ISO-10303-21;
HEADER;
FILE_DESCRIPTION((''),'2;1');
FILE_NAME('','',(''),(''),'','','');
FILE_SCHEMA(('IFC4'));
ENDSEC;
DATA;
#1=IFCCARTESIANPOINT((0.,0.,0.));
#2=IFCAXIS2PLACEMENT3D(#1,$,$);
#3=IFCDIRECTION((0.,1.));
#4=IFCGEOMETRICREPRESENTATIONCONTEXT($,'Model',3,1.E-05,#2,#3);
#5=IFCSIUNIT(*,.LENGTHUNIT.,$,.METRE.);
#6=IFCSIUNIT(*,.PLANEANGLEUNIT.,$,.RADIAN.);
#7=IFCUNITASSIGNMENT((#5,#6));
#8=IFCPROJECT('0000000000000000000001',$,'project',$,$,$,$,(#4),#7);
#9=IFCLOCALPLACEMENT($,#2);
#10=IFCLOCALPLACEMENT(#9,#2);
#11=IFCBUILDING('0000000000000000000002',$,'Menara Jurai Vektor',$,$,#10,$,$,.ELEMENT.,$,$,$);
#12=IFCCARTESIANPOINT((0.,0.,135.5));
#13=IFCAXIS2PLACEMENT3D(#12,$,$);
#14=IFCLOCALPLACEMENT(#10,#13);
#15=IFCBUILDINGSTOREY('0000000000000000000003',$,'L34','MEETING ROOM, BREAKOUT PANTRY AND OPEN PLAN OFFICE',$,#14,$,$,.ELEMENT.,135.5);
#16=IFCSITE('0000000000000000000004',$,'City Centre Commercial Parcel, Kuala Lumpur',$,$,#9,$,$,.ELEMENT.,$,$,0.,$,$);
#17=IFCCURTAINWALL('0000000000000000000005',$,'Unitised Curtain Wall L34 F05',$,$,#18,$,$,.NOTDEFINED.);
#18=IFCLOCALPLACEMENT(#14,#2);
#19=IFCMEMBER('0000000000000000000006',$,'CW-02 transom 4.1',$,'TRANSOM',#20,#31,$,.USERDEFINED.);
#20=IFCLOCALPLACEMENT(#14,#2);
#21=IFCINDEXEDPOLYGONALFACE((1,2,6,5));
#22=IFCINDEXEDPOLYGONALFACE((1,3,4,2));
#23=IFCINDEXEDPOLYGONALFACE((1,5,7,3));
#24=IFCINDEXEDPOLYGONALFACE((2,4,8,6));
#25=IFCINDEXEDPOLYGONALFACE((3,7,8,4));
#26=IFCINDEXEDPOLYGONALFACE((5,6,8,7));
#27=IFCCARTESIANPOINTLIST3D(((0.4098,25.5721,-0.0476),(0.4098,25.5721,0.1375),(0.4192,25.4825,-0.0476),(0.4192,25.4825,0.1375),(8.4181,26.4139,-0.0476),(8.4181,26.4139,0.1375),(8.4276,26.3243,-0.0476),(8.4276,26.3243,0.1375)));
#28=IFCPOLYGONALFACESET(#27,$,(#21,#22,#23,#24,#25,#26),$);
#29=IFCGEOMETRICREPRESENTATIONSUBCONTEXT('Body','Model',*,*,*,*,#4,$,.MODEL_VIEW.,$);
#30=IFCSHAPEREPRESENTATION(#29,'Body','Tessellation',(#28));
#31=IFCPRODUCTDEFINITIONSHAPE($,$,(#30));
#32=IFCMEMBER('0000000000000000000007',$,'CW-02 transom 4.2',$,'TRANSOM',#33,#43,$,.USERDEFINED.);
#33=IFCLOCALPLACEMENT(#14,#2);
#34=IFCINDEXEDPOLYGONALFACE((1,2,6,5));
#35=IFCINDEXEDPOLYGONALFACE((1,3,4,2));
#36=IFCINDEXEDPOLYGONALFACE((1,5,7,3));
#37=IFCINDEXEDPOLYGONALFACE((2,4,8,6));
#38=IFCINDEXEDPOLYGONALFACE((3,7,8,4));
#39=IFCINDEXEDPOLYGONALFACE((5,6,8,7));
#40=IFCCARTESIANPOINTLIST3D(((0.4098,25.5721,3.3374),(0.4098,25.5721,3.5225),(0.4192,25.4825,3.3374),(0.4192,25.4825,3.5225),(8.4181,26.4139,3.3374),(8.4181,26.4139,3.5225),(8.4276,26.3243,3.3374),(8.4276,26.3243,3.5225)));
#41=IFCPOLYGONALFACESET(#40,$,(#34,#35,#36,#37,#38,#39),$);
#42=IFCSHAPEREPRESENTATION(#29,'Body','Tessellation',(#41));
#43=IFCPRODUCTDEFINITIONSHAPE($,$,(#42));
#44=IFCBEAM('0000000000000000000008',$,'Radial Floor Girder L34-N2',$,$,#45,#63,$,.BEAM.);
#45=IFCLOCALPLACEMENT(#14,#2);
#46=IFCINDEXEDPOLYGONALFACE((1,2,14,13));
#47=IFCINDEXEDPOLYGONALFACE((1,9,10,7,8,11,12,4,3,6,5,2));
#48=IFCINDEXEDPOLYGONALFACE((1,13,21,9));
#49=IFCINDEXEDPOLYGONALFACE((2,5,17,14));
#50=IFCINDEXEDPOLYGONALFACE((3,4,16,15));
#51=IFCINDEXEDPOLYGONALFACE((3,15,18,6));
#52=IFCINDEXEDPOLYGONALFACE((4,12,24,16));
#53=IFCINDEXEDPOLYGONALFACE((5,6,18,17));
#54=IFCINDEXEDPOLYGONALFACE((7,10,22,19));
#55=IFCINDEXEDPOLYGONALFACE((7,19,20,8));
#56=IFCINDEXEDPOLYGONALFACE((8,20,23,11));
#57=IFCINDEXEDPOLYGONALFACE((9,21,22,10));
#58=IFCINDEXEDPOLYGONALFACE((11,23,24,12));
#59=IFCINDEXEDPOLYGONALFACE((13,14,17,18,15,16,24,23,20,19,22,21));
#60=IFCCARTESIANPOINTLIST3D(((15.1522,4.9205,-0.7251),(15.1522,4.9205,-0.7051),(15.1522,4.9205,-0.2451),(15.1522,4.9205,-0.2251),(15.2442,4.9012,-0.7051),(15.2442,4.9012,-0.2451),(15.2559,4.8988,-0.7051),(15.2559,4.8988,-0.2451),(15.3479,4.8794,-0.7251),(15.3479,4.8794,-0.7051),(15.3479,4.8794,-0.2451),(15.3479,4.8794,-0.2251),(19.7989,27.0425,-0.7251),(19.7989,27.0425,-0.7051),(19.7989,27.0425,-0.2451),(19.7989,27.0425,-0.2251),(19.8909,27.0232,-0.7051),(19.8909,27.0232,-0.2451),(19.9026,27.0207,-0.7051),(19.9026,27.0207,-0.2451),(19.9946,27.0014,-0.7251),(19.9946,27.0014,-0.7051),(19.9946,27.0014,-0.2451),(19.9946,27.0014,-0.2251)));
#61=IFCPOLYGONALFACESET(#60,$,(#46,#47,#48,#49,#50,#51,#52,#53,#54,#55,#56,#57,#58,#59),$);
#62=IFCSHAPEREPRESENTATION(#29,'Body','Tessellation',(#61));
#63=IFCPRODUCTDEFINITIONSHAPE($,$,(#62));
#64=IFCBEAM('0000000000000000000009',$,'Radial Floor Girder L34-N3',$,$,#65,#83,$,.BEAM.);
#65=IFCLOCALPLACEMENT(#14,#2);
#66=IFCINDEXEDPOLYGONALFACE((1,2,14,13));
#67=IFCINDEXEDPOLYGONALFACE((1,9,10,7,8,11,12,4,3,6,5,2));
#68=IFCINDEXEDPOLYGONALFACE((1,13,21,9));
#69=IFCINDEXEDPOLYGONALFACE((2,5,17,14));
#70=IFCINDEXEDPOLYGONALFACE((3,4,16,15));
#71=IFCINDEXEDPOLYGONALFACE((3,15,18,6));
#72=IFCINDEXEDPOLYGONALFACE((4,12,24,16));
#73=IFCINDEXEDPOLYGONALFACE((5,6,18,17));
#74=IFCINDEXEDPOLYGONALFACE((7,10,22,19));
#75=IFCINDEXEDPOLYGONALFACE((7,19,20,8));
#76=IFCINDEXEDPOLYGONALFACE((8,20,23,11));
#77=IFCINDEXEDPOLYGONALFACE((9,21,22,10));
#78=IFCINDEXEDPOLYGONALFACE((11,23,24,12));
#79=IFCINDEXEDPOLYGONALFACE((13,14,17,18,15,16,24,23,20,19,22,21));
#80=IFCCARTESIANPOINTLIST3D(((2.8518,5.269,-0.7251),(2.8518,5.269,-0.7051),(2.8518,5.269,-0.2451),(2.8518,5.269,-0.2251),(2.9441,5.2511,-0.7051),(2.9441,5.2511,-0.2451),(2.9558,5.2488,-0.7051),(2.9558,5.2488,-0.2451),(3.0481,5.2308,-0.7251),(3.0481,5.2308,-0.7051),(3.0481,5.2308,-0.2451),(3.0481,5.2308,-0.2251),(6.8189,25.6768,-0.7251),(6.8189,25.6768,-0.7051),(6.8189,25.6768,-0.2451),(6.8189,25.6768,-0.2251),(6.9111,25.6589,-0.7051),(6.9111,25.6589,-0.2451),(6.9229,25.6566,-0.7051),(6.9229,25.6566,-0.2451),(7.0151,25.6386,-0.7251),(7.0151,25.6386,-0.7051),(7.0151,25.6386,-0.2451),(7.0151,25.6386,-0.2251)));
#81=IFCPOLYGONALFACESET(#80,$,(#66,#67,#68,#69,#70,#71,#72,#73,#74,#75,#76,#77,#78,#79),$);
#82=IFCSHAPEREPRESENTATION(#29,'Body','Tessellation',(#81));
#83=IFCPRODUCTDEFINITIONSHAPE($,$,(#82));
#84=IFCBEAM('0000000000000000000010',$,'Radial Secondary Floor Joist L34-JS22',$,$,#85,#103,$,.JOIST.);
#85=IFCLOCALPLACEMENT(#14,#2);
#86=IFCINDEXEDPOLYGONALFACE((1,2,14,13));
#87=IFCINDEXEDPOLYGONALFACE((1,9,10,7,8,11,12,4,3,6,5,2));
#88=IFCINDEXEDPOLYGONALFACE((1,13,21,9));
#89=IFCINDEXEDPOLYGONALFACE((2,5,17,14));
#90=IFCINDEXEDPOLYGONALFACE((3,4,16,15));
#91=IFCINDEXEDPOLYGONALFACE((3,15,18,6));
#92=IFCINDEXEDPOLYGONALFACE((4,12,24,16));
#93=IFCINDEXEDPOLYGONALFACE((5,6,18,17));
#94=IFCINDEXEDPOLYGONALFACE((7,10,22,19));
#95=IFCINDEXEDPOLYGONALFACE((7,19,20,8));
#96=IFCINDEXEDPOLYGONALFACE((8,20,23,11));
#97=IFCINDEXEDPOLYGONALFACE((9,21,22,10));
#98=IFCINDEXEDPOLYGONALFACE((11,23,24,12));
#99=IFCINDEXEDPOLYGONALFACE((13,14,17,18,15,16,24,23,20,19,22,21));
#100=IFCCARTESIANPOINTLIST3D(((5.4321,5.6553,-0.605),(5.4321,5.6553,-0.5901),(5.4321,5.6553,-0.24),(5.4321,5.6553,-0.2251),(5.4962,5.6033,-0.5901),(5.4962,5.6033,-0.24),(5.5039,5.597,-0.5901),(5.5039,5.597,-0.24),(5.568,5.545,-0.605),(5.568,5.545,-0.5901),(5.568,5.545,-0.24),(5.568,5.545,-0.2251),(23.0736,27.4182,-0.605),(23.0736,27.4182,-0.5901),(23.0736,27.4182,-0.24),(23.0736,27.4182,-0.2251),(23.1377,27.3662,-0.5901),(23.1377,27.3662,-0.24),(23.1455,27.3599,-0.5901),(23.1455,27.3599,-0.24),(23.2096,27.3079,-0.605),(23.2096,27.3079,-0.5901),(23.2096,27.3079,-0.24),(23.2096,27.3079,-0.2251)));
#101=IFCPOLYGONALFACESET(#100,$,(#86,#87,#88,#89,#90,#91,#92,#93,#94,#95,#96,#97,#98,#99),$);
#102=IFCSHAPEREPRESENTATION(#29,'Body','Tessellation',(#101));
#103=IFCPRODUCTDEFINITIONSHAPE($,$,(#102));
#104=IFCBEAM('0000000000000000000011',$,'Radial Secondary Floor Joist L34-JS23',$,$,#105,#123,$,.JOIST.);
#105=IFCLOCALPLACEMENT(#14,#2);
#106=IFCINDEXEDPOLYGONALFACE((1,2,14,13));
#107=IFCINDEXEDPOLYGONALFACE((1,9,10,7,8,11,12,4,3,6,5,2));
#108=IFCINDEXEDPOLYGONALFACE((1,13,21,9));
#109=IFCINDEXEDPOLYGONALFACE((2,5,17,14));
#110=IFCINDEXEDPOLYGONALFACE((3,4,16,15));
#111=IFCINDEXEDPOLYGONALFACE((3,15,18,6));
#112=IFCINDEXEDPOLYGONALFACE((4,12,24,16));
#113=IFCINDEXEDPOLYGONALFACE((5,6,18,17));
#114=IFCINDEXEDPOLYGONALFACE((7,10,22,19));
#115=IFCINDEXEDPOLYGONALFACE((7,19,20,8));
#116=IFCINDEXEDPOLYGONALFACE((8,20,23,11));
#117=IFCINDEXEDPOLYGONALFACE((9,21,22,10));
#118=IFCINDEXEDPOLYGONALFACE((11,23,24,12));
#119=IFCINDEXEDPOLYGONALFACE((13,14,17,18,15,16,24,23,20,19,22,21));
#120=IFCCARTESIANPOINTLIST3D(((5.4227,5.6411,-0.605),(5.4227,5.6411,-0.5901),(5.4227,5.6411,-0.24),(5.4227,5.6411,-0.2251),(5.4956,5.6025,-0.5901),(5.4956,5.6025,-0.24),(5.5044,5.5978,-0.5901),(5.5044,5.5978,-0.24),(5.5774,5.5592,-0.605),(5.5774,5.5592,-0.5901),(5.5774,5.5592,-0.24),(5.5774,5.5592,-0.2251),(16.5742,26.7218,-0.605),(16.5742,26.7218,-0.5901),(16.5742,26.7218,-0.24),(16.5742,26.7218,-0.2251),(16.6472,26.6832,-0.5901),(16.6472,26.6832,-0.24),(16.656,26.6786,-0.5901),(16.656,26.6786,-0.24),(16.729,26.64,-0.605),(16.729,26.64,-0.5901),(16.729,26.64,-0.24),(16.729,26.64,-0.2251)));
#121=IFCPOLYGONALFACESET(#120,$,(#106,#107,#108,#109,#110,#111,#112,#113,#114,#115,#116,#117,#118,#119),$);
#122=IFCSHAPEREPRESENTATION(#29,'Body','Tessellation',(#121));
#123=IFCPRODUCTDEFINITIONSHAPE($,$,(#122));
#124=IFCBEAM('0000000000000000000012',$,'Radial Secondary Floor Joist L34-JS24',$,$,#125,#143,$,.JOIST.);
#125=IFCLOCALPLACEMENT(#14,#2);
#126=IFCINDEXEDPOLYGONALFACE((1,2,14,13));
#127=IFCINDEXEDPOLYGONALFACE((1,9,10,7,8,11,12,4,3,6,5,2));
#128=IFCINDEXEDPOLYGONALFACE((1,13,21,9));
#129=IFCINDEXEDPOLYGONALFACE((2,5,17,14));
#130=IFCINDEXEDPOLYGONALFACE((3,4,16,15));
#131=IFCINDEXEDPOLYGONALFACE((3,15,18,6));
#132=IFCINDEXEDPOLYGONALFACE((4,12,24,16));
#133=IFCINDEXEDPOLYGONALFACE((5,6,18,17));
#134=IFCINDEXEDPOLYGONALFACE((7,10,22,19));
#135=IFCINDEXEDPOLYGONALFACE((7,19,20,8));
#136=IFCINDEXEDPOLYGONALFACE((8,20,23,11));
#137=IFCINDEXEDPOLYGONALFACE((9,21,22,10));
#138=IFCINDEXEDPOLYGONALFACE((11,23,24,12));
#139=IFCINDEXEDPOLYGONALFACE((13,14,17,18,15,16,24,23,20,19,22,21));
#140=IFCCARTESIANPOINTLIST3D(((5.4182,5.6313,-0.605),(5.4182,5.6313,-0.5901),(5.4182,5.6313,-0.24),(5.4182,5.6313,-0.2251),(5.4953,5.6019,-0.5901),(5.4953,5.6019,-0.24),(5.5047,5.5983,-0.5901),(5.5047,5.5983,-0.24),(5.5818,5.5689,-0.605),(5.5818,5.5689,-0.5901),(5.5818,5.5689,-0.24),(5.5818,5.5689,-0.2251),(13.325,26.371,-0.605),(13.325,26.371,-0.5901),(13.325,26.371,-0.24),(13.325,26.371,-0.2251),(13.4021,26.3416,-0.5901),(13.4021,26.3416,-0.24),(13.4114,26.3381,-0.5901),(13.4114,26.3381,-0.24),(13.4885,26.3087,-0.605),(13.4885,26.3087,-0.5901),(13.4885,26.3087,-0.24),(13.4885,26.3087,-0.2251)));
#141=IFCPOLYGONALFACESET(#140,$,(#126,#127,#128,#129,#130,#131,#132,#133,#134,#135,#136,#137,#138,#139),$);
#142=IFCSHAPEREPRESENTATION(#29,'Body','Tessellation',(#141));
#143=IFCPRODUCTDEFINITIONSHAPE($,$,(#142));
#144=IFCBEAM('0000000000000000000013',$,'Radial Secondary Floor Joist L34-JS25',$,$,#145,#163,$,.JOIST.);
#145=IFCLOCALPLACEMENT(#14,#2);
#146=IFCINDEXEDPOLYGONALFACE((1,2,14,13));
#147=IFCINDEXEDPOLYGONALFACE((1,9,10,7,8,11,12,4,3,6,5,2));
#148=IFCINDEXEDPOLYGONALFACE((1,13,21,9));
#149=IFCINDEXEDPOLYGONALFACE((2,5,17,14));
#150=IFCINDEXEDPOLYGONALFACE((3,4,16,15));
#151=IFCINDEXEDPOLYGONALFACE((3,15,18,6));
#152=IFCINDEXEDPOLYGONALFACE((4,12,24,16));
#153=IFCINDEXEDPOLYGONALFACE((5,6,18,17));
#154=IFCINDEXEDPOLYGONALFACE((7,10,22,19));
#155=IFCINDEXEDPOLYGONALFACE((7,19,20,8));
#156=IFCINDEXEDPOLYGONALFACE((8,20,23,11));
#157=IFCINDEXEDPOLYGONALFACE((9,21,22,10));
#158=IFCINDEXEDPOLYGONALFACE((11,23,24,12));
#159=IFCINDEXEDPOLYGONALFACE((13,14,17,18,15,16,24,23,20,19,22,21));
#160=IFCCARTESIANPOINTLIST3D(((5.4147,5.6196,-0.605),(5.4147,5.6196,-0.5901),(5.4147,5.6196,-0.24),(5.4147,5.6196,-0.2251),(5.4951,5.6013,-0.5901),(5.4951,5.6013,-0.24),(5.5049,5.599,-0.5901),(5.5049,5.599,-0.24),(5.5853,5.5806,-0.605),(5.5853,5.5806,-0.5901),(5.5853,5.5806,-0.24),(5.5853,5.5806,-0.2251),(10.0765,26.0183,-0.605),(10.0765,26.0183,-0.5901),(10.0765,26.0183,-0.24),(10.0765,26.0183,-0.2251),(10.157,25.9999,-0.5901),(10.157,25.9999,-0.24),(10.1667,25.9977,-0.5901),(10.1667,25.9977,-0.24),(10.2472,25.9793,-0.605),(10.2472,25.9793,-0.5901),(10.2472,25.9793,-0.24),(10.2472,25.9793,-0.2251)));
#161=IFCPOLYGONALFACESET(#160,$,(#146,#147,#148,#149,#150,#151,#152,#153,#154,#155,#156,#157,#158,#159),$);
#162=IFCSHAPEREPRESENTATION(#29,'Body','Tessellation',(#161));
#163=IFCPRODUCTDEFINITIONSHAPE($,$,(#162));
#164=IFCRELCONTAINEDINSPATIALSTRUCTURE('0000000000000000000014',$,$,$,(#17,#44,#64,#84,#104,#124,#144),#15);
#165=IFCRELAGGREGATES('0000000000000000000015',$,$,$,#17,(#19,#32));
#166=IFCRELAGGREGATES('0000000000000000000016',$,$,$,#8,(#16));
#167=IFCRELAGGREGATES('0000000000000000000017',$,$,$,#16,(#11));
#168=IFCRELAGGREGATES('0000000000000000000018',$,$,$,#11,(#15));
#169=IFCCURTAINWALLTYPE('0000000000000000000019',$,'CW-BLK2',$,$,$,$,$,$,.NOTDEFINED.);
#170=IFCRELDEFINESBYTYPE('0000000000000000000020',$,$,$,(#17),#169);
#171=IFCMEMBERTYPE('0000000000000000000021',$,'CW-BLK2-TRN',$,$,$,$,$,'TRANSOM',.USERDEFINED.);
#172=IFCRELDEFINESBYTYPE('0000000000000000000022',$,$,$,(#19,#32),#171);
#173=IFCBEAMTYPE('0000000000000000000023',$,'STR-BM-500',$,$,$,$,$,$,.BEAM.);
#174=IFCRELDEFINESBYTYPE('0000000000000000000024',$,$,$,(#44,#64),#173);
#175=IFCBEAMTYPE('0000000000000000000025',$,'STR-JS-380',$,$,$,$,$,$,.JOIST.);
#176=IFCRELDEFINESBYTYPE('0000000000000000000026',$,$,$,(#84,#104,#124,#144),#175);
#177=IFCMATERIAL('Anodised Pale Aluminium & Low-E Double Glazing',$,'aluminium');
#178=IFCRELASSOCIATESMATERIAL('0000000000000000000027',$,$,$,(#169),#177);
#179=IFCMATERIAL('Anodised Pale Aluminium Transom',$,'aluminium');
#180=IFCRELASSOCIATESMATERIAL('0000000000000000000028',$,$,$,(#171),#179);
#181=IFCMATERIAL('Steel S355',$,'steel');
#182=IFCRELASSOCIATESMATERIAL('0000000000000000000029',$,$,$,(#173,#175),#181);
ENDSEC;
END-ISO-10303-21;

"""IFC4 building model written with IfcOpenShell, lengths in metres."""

from ifc_helpers import new_model, si_unit, direction, frame, origin, origin_2d, place, context, subcontext, project, spatial, rectangle, i_section, extrude, material, material_profile, profile_set, type_object, element, aggregate, save


model = new_model("IFC4")

# Units and contexts
model_context = context("Model", 3, precision=1e-05, world=origin(), true_north=direction((0.0, 1.0)))
body_context = subcontext(model_context, "Body", "Model", "MODEL_VIEW")
ifc_project = project(units=[si_unit("LENGTHUNIT", "METRE"), si_unit("PLANEANGLEUNIT", "RADIAN")], contexts=[model_context])

# Site, building, storey
site_placement = place(None, origin())
site = spatial("IfcSite", under=ifc_project, at=site_placement, Name="City Centre Commercial Parcel, Kuala Lumpur", CompositionType="ELEMENT", RefElevation=0.0)
building_placement = place(site_placement, origin())
building = spatial("IfcBuilding", under=site, at=building_placement, Name="Menara Jurai Vektor", CompositionType="ELEMENT")
storey_placement = place(building_placement, frame((0.0, 0.0, 135.5)))
storey = spatial("IfcBuildingStorey", under=building, at=storey_placement, Name="L34", Description="MEETING ROOM, BREAKOUT PANTRY AND OPEN PLAN OFFICE", CompositionType="ELEMENT", Elevation=135.5)

# Curtain wall, members
ifc_material_1 = material(Name="Anodised Pale Aluminium & Low-E Double Glazing", Category="aluminium")
curtain_wall_type = type_object("IfcCurtainWallType", Name="CW-BLK2", PredefinedType="NOTDEFINED", material=ifc_material_1)
curtain_wall_placement = place(storey_placement, origin())
curtain_wall = element("IfcCurtainWall", 1, at=curtain_wall_placement, inside=storey, type_object=curtain_wall_type, Name="Unitised Curtain Wall L34 F05", PredefinedType="NOTDEFINED")
ifc_material_2 = material(Name="Anodised Pale Aluminium Transom", Category="aluminium")
ifc_material_profile_1 = material_profile(ifc_material_2, rectangle(XDim=0.0901, YDim=0.1851, at=origin_2d()), Name="ALU TRN 90x185")
ifc_profile_set_1 = profile_set([ifc_material_profile_1], Name="Anodised Pale Aluminium Transom")
member_type_1 = type_object("IfcMemberType", Name="CW-BLK2-TRN", ElementType="TRANSOM", PredefinedType="USERDEFINED", material=ifc_profile_set_1)
member_1_placement = place(storey_placement, frame((8.4229, 26.3691, 0.0449), z_axis=(-0.994521, -0.10454, 0.0), x_axis=(0.10454, -0.994521, 0.0)))
member_1 = element("IfcMember", 2, at=member_1_placement, type_object=member_type_1, Name="CW-02 transom 4.1", ObjectType="TRANSOM", PredefinedType="USERDEFINED", context=body_context, shape_type="SweptSolid", body=[
    extrude(rectangle(XDim=0.0901, YDim=0.1851, at=origin_2d()), origin(), (0.0, 0.0, 1.0), 8.0525),
])
member_2_placement = place(storey_placement, frame((8.4229, 26.3691, 3.4299), z_axis=(-0.994521, -0.10454, 0.0), x_axis=(0.10454, -0.994521, 0.0)))
member_2 = element("IfcMember", 3, at=member_2_placement, type_object=member_type_1, Name="CW-02 transom 4.2", ObjectType="TRANSOM", PredefinedType="USERDEFINED", context=body_context, shape_type="SweptSolid", body=[
    extrude(rectangle(XDim=0.0901, YDim=0.1851, at=origin_2d()), origin(), (0.0, 0.0, 1.0), 8.0525),
])

# Beams
ifc_material_3 = material(Name="Steel S355", Category="steel")
ifc_material_profile_2 = material_profile(ifc_material_3, i_section(OverallWidth=0.2, OverallDepth=0.5, WebThickness=0.012, FlangeThickness=0.02, at=origin_2d()), Name="PG 500x200x96")
ifc_profile_set_2 = profile_set([ifc_material_profile_2], Name="Steel S355")
beam_type_1 = type_object("IfcBeamType", Name="STR-BM-500", PredefinedType="BEAM", material=ifc_profile_set_2)
beam_1_placement = place(storey_placement, frame((19.8967, 27.022, -0.4751), z_axis=(-0.205564, -0.978644, 0.0), x_axis=(0.978644, -0.205564, 0.0)))
element("IfcBeam", 4, at=beam_1_placement, inside=storey, type_object=beam_type_1, Name="Radial Floor Girder L34-N2", PredefinedType="BEAM", context=body_context, shape_type="SweptSolid", body=[
    extrude(i_section(OverallWidth=0.2, OverallDepth=0.5, WebThickness=0.012, FlangeThickness=0.02, at=origin_2d()), origin(), (0.0, 0.0, 1.0), 22.6047),
])
beam_2_placement = place(storey_placement, frame((6.917, 25.6577, -0.4751), z_axis=(-0.190817, -0.981626, 0.0), x_axis=(0.981626, -0.190817, 0.0)))
element("IfcBeam", 5, at=beam_2_placement, inside=storey, type_object=beam_type_1, Name="Radial Floor Girder L34-N3", PredefinedType="BEAM", context=body_context, shape_type="SweptSolid", body=[
    extrude(i_section(OverallWidth=0.2, OverallDepth=0.5, WebThickness=0.012, FlangeThickness=0.02, at=origin_2d()), origin(), (0.0, 0.0, 1.0), 20.7898),
])
ifc_material_profile_3 = material_profile(ifc_material_3, i_section(OverallWidth=0.175, OverallDepth=0.3799, WebThickness=0.01, FlangeThickness=0.0149, at=origin_2d()), Name="PG 380x175x58")
ifc_profile_set_3 = profile_set([ifc_material_profile_3], Name="Steel S355")
beam_type_2 = type_object("IfcBeamType", Name="STR-JS-380", PredefinedType="JOIST", material=ifc_profile_set_3)
beam_3_placement = place(storey_placement, frame((23.1416, 27.363, -0.415), z_axis=(-0.629715, -0.776826, 0.0), x_axis=(0.776826, -0.629715, 0.0)))
element("IfcBeam", 6, at=beam_3_placement, inside=storey, type_object=beam_type_2, Name="Radial Secondary Floor Joist L34-JS22", PredefinedType="JOIST", context=body_context, shape_type="SweptSolid", body=[
    extrude(i_section(OverallWidth=0.175, OverallDepth=0.3799, WebThickness=0.01, FlangeThickness=0.0149, at=origin_2d()), origin(), (0.0, 0.0, 1.0), 28.0151),
])
beam_4_placement = place(storey_placement, frame((16.6516, 26.6809, -0.415), z_axis=(-0.467599, -0.883941, 0.0), x_axis=(0.883941, -0.467599, 0.0)))
element("IfcBeam", 7, at=beam_4_placement, inside=storey, type_object=beam_type_2, Name="Radial Secondary Floor Joist L34-JS23", PredefinedType="JOIST", context=body_context, shape_type="SweptSolid", body=[
    extrude(i_section(OverallWidth=0.175, OverallDepth=0.3799, WebThickness=0.01, FlangeThickness=0.0149, at=origin_2d()), origin(), (0.0, 0.0, 1.0), 23.8486),
])
beam_5_placement = place(storey_placement, frame((13.4067, 26.3398, -0.415), z_axis=(-0.356227, -0.9344, 0.0), x_axis=(0.9344, -0.356227, 0.0)))
element("IfcBeam", 8, at=beam_5_placement, inside=storey, type_object=beam_type_2, Name="Radial Secondary Floor Joist L34-JS24", PredefinedType="JOIST", context=body_context, shape_type="SweptSolid", body=[
    extrude(i_section(OverallWidth=0.175, OverallDepth=0.3799, WebThickness=0.01, FlangeThickness=0.0149, at=origin_2d()), origin(), (0.0, 0.0, 1.0), 22.1958),
])
beam_6_placement = place(storey_placement, frame((10.1619, 25.9988, -0.415), z_axis=(-0.222793, -0.974866, 0.0), x_axis=(0.974866, -0.222793, 0.0)))
element("IfcBeam", 9, at=beam_6_placement, inside=storey, type_object=beam_type_2, Name="Radial Secondary Floor Joist L34-JS25", PredefinedType="JOIST", context=body_context, shape_type="SweptSolid", body=[
    extrude(i_section(OverallWidth=0.175, OverallDepth=0.3799, WebThickness=0.01, FlangeThickness=0.0149, at=origin_2d()), origin(), (0.0, 0.0, 1.0), 20.9246),
])

aggregate(curtain_wall, [member_1, member_2])

save(model, "model.ifc")
